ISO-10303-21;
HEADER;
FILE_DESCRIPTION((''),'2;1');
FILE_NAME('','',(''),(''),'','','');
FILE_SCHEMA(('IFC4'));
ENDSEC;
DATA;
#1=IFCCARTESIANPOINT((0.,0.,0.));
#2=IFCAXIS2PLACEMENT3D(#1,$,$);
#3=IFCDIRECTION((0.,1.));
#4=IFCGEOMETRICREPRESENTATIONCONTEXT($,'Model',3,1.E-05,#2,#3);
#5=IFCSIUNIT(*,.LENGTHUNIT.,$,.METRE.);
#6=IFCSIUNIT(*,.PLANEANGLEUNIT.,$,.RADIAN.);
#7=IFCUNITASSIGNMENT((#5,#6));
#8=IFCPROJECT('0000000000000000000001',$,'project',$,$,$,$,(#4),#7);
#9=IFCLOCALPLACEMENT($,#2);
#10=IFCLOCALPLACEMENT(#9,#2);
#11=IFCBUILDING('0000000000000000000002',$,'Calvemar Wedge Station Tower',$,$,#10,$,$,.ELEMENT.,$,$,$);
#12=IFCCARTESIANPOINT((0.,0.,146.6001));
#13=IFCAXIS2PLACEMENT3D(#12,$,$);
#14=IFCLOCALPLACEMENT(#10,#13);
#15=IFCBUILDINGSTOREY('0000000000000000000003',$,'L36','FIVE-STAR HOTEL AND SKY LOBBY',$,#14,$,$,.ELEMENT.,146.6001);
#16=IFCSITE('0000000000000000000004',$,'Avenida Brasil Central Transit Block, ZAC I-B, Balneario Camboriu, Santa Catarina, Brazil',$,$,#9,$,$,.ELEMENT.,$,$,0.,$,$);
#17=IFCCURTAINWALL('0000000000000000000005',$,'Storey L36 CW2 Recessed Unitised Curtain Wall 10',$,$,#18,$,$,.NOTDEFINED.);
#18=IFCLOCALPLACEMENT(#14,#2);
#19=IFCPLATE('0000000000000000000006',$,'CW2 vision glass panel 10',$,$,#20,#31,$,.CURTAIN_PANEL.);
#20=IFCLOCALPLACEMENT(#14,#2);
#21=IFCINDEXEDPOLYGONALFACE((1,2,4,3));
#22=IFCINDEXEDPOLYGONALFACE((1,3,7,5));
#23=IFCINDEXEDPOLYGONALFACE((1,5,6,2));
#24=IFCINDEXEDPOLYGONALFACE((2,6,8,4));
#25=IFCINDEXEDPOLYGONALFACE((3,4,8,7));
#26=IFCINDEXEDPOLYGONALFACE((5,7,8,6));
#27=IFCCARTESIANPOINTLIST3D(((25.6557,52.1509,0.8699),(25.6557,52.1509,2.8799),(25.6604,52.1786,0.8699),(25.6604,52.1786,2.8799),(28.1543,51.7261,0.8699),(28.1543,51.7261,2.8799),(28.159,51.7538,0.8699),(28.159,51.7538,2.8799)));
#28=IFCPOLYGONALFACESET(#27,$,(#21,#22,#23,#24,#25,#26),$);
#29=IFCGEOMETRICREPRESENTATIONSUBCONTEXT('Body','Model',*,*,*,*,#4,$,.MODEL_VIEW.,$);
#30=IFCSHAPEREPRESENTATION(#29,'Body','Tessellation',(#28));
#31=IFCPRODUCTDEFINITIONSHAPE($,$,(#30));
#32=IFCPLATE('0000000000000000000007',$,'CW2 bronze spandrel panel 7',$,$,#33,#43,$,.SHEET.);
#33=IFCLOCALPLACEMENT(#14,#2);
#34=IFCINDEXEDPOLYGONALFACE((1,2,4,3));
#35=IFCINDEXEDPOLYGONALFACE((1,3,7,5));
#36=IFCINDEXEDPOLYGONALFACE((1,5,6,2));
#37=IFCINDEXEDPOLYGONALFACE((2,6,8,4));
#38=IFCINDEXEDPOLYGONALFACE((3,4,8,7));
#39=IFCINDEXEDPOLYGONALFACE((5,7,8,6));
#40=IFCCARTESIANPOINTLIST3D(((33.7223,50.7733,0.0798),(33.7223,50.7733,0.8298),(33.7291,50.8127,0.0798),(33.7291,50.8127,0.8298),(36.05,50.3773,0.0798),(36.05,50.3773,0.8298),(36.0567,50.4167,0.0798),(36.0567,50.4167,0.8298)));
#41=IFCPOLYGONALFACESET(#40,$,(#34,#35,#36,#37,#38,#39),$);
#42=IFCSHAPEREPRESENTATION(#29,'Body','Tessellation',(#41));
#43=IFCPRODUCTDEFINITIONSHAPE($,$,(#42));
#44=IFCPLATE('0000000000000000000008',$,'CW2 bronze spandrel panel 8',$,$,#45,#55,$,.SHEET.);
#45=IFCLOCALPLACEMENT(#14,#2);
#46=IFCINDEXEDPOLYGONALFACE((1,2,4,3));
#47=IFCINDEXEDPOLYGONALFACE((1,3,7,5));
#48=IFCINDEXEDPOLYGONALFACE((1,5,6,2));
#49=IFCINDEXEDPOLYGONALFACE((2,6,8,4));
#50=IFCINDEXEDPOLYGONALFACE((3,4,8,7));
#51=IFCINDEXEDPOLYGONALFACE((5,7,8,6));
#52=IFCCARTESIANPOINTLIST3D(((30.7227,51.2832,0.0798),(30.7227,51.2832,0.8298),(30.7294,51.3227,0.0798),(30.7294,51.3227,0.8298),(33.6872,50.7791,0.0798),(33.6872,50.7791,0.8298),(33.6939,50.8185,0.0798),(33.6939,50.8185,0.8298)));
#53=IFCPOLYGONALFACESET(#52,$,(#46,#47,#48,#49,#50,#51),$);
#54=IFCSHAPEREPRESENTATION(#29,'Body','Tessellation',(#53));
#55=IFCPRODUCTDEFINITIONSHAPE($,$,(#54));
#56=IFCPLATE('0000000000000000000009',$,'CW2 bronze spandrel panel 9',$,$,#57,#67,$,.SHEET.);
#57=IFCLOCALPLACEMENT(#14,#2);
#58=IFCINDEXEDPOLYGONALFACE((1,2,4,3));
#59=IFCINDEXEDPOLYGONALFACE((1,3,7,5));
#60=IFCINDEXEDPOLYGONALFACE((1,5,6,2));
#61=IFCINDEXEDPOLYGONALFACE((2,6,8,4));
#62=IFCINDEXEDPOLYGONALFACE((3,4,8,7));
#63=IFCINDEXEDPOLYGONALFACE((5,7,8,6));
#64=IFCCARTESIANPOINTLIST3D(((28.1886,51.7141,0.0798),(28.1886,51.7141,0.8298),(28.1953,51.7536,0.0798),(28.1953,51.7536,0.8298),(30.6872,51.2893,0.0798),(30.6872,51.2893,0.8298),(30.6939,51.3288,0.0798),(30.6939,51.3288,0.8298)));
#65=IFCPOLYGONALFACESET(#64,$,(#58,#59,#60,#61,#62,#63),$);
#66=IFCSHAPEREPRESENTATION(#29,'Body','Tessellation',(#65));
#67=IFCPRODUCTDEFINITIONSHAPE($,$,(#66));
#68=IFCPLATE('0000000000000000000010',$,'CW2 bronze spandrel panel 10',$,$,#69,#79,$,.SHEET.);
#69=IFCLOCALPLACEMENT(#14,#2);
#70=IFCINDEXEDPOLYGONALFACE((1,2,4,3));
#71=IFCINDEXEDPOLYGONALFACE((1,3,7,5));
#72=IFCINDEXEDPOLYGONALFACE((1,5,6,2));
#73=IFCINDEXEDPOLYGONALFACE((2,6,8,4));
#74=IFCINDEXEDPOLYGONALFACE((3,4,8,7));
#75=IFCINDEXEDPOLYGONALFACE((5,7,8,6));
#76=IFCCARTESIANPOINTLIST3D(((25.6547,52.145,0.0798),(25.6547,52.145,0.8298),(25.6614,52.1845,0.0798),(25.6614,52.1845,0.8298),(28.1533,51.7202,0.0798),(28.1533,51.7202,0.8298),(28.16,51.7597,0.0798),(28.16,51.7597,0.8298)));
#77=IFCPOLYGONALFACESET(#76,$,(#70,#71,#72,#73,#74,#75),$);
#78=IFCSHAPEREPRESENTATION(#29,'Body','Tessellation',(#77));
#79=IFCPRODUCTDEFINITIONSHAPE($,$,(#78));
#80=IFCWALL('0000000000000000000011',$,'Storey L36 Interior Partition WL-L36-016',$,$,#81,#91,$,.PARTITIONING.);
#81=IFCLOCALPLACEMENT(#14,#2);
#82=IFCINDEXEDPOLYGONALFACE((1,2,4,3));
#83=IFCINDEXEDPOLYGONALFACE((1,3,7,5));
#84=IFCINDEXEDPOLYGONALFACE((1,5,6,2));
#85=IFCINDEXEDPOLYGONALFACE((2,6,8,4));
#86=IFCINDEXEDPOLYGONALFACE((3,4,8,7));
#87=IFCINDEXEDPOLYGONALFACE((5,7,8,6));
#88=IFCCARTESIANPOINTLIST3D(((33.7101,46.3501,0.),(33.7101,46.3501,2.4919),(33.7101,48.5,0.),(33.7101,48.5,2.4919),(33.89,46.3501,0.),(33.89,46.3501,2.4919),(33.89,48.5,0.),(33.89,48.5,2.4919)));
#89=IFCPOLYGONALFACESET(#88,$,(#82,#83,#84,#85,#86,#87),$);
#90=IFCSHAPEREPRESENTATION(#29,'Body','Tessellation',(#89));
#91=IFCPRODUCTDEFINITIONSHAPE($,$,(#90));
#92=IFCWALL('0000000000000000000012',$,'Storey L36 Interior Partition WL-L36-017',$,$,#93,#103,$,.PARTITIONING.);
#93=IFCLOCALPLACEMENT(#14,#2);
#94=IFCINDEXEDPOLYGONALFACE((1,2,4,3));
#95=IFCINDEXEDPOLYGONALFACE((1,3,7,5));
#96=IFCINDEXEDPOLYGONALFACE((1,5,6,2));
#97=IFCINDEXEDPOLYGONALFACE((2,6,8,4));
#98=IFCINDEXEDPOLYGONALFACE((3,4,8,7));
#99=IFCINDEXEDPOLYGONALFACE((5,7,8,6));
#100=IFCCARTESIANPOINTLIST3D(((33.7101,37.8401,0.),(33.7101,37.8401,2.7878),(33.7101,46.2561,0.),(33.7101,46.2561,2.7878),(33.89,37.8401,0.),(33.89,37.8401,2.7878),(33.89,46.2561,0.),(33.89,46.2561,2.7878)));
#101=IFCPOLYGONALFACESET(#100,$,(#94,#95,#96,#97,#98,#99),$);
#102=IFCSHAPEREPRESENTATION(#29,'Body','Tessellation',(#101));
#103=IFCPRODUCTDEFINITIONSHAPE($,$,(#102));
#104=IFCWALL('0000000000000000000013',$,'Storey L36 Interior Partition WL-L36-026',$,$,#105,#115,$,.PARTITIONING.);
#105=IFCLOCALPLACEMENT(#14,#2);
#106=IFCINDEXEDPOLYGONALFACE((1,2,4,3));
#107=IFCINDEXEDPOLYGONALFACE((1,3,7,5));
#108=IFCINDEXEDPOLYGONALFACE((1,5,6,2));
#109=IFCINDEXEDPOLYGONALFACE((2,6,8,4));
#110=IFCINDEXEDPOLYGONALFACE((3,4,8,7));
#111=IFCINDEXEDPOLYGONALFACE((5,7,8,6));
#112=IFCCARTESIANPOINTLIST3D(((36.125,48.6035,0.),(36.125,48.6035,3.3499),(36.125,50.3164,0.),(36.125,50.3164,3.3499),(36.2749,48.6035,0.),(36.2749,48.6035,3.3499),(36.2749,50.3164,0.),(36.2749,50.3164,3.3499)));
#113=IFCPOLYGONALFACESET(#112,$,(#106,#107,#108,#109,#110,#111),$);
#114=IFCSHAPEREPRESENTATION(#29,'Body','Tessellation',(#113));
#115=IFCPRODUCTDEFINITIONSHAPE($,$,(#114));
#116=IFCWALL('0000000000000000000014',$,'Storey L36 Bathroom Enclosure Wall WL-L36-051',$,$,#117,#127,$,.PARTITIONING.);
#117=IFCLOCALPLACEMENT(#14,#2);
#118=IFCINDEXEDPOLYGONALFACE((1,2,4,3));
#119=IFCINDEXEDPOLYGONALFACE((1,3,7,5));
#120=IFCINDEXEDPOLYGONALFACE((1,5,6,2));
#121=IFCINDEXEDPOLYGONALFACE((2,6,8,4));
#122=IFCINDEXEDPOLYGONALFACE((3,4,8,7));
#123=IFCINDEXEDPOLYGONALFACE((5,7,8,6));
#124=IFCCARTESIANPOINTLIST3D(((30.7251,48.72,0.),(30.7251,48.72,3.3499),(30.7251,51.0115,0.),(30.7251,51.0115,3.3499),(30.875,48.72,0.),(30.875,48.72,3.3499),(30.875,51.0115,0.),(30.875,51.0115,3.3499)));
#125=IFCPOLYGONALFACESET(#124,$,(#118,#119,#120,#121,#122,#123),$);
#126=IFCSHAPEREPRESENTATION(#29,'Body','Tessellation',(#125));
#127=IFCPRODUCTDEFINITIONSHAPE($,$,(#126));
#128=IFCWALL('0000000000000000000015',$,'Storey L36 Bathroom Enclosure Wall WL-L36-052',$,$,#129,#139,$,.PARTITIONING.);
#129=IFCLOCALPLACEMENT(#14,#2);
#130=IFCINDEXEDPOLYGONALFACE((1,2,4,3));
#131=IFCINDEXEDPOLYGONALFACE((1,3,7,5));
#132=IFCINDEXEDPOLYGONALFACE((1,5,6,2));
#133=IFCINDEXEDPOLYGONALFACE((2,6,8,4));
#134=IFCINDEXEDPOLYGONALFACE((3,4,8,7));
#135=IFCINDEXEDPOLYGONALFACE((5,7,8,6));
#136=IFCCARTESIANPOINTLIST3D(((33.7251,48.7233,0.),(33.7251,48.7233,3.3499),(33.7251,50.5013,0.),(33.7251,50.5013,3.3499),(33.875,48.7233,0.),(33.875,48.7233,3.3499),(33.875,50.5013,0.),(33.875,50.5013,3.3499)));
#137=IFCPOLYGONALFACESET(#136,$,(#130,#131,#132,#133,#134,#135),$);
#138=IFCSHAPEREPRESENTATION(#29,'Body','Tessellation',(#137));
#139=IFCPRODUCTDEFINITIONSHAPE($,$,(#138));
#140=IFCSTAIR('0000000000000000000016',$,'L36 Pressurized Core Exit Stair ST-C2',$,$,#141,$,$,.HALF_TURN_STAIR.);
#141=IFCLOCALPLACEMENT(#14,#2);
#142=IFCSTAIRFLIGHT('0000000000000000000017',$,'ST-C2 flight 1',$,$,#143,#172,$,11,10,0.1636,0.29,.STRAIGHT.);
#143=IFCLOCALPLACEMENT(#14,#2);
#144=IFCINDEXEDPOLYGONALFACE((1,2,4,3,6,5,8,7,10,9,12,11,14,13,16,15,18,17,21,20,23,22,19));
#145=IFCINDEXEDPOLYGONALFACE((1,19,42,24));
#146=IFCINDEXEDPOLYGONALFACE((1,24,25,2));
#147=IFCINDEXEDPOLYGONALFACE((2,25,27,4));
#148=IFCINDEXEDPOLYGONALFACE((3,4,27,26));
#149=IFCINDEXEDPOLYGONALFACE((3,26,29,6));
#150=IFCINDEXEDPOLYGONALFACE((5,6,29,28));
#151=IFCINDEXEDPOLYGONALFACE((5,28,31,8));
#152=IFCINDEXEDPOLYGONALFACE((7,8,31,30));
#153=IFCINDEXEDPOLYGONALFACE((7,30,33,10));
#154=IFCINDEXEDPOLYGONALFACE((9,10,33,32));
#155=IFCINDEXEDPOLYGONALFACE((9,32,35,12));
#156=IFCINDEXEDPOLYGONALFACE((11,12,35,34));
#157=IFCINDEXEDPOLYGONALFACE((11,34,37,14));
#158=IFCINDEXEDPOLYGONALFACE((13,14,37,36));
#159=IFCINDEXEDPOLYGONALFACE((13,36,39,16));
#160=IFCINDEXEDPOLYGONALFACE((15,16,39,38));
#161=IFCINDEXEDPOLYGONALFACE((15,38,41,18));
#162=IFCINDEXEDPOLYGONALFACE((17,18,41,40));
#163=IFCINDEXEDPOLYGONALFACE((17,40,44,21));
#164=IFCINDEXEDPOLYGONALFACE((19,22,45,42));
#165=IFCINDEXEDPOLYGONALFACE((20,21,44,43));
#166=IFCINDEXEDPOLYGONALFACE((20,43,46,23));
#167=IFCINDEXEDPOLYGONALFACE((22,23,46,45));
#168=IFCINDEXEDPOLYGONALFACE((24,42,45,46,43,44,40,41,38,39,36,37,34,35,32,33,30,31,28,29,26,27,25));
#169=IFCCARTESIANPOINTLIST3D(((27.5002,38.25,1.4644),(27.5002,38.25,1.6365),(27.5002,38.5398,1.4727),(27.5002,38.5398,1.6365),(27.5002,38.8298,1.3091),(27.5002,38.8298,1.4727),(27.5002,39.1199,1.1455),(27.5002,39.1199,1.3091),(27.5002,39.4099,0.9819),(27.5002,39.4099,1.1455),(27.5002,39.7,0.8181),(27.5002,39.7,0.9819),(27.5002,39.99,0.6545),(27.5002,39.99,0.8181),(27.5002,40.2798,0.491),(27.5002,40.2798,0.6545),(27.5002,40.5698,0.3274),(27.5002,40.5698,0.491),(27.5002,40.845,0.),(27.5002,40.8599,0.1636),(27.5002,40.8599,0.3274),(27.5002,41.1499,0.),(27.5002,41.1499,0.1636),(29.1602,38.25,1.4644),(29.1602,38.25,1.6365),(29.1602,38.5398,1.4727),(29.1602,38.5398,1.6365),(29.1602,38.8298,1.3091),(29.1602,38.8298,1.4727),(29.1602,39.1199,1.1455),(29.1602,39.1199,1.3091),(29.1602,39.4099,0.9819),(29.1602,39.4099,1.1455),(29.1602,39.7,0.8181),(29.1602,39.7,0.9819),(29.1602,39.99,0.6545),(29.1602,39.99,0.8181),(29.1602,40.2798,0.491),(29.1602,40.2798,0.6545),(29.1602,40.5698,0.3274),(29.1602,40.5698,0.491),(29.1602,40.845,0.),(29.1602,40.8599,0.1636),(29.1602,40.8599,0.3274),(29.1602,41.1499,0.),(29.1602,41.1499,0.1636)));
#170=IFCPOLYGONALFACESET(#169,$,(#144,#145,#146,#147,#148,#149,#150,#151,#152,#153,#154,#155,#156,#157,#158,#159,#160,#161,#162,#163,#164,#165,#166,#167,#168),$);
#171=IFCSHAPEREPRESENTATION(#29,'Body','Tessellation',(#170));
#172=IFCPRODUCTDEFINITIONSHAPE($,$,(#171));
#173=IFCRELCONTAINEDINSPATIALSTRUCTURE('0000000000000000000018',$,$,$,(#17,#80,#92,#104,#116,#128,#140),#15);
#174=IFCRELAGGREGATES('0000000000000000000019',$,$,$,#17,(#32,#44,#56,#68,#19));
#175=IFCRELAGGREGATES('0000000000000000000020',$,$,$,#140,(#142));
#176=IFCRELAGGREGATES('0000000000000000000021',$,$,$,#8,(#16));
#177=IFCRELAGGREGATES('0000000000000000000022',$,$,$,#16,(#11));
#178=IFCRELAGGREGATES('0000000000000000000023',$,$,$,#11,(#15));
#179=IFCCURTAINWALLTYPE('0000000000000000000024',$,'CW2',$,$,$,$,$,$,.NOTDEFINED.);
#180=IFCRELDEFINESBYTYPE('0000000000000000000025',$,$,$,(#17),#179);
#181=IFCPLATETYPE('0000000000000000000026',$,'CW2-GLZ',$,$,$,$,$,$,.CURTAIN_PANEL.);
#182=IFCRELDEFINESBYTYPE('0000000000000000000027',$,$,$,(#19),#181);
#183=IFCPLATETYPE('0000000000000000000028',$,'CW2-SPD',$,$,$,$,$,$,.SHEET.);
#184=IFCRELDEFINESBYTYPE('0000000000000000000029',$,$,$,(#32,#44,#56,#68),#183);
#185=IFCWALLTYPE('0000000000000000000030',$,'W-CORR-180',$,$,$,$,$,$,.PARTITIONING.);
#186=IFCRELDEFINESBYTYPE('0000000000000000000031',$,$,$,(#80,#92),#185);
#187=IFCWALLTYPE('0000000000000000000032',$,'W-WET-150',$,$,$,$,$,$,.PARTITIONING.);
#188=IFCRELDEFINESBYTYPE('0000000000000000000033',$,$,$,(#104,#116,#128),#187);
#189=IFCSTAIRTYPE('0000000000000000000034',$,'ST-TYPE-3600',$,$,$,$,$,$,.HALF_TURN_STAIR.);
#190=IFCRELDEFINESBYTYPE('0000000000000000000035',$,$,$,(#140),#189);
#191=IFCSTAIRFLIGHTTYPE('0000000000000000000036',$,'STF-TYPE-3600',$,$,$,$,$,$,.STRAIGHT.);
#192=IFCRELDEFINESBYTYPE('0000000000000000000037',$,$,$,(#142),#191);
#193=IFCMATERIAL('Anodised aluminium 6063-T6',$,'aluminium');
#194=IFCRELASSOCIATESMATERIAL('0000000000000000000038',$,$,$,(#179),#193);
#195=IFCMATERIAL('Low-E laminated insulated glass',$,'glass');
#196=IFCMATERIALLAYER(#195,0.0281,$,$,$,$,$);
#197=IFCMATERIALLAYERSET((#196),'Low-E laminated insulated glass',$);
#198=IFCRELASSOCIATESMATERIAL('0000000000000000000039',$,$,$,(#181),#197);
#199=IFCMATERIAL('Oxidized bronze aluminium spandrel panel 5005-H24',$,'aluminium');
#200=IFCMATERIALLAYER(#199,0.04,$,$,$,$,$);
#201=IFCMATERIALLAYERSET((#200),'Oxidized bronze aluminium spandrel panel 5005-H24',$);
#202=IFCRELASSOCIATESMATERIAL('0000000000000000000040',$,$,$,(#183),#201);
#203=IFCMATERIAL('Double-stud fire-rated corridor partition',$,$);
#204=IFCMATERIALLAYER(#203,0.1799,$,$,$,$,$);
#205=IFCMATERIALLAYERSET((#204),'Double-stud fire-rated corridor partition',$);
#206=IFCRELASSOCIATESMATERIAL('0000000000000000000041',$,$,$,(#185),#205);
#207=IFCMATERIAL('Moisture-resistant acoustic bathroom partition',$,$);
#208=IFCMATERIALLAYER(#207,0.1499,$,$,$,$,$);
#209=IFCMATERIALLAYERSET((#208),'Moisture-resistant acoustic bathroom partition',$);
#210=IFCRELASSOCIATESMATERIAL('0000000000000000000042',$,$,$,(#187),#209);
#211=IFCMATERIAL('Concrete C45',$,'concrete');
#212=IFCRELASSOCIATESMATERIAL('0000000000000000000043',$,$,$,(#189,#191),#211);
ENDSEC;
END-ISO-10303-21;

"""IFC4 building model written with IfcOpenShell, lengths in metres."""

from ifc_helpers import new_model, si_unit, direction, frame, frame_2d, origin, place, context, subcontext, project, spatial, polyline, rectangle, outline, extrude, material, layer, layer_set, type_object, element, aggregate, save


model = new_model("IFC4")

# Units and contexts
model_context = context("Model", 3, precision=1e-05, world=origin(), true_north=direction((0.0, 1.0)))
body_context = subcontext(model_context, "Body", "Model", "MODEL_VIEW")
ifc_project = project(units=[si_unit("LENGTHUNIT", "METRE"), si_unit("PLANEANGLEUNIT", "RADIAN")], contexts=[model_context])

# Site, building, storey
site_placement = place(None, origin())
site = spatial("IfcSite", under=ifc_project, at=site_placement, Name="Avenida Brasil Central Transit Block, ZAC I-B, Balneario Camboriu, Santa Catarina, Brazil", CompositionType="ELEMENT", RefElevation=0.0)
building_placement = place(site_placement, origin())
building = spatial("IfcBuilding", under=site, at=building_placement, Name="Calvemar Wedge Station Tower", CompositionType="ELEMENT")
storey_placement = place(building_placement, frame((0.0, 0.0, 146.6001)))
storey = spatial("IfcBuildingStorey", under=building, at=storey_placement, Name="L36", Description="FIVE-STAR HOTEL AND SKY LOBBY", CompositionType="ELEMENT", Elevation=146.6001)

# Curtain wall, plates
ifc_material_1 = material(Name="Anodised aluminium 6063-T6", Category="aluminium")
curtain_wall_type = type_object("IfcCurtainWallType", Name="CW2", PredefinedType="NOTDEFINED", material=ifc_material_1)
curtain_wall_placement = place(storey_placement, origin())
curtain_wall = element("IfcCurtainWall", 1, at=curtain_wall_placement, inside=storey, type_object=curtain_wall_type, Name="Storey L36 CW2 Recessed Unitised Curtain Wall 10", PredefinedType="NOTDEFINED")
ifc_material_2 = material(Name="Low-E laminated insulated glass", Category="glass")
ifc_layer_1 = layer(ifc_material_2, 0.0281)
ifc_layer_set_1 = layer_set([ifc_layer_1], Name="Low-E laminated insulated glass")
plate_type_1 = type_object("IfcPlateType", Name="CW2-GLZ", PredefinedType="CURTAIN_PANEL", material=ifc_layer_set_1)
plate_1_placement = place(storey_placement, frame((28.1565, 51.74, 0.8699), z_axis=(0.0, 0.0, 1.0), x_axis=(-0.985852, 0.167616, 0.0)))
plate_1 = element("IfcPlate", 2, at=plate_1_placement, type_object=plate_type_1, Name="CW2 vision glass panel 10", PredefinedType="CURTAIN_PANEL", context=body_context, shape_type="SweptSolid", body=[
    extrude(rectangle(XDim=2.5344, YDim=0.0281, at=frame_2d((1.2671, 0.0))), origin(), (0.0, 0.0, 1.0), 2.01),
])
ifc_material_3 = material(Name="Oxidized bronze aluminium spandrel panel 5005-H24", Category="aluminium")
ifc_layer_2 = layer(ifc_material_3, 0.04)
ifc_layer_set_2 = layer_set([ifc_layer_2], Name="Oxidized bronze aluminium spandrel panel 5005-H24")
plate_type_2 = type_object("IfcPlateType", Name="CW2-SPD", PredefinedType="SHEET", material=ifc_layer_set_2)
plate_2_placement = place(storey_placement, frame((36.0535, 50.397, 0.0798), z_axis=(0.0, 0.0, 1.0), x_axis=(-0.985835, 0.167718, 0.0)))
plate_2 = element("IfcPlate", 3, at=plate_2_placement, type_object=plate_type_2, Name="CW2 bronze spandrel panel 7", PredefinedType="SHEET", context=body_context, shape_type="SweptSolid", body=[
    extrude(rectangle(XDim=2.3611, YDim=0.04, at=frame_2d((1.1807, 0.0))), origin(), (0.0, 0.0, 1.0), 0.75),
])
plate_3_placement = place(storey_placement, frame((33.6904, 50.7988, 0.0798), z_axis=(0.0, 0.0, 1.0), x_axis=(-0.985847, 0.16765, 0.0)))
plate_3 = element("IfcPlate", 4, at=plate_3_placement, type_object=plate_type_2, Name="CW2 bronze spandrel panel 8", PredefinedType="SHEET", context=body_context, shape_type="SweptSolid", body=[
    extrude(rectangle(XDim=3.0071, YDim=0.04, at=frame_2d((1.5034, 0.0))), origin(), (0.0, 0.0, 1.0), 0.75),
])
plate_4_placement = place(storey_placement, frame((30.6904, 51.3091, 0.0798), z_axis=(0.0, 0.0, 1.0), x_axis=(-0.985852, 0.167616, 0.0)))
plate_4 = element("IfcPlate", 5, at=plate_4_placement, type_object=plate_type_2, Name="CW2 bronze spandrel panel 9", PredefinedType="SHEET", context=body_context, shape_type="SweptSolid", body=[
    extrude(rectangle(XDim=2.5344, YDim=0.04, at=frame_2d((1.2671, 0.0))), origin(), (0.0, 0.0, 1.0), 0.75),
])
plate_5_placement = place(storey_placement, frame((28.1565, 51.74, 0.0798), z_axis=(0.0, 0.0, 1.0), x_axis=(-0.985852, 0.167616, 0.0)))
plate_5 = element("IfcPlate", 6, at=plate_5_placement, type_object=plate_type_2, Name="CW2 bronze spandrel panel 10", PredefinedType="SHEET", context=body_context, shape_type="SweptSolid", body=[
    extrude(rectangle(XDim=2.5344, YDim=0.04, at=frame_2d((1.2671, 0.0))), origin(), (0.0, 0.0, 1.0), 0.75),
])
aggregate(curtain_wall, [plate_2, plate_3, plate_4, plate_5, plate_1])

# Walls
ifc_material_4 = material(Name="Double-stud fire-rated corridor partition")
ifc_layer_3 = layer(ifc_material_4, 0.1799)
ifc_layer_set_3 = layer_set([ifc_layer_3], Name="Double-stud fire-rated corridor partition")
wall_type_1 = type_object("IfcWallType", Name="W-CORR-180", PredefinedType="PARTITIONING", material=ifc_layer_set_3)
wall_1_placement = place(storey_placement, frame((33.8, 48.5, 0.0), z_axis=(0.0, 0.0, 1.0), x_axis=(0.0, -1.0, 0.0)))
element("IfcWall", 7, at=wall_1_placement, inside=storey, type_object=wall_type_1, Name="Storey L36 Interior Partition WL-L36-016", PredefinedType="PARTITIONING", context=body_context, shape_type="SweptSolid", body=[
    extrude(rectangle(XDim=2.1499, YDim=0.1799, at=frame_2d((1.075, 0.0))), origin(), (0.0, 0.0, 1.0), 2.4919),
])
wall_2_placement = place(storey_placement, frame((33.8, 46.2561, 0.0), z_axis=(0.0, 0.0, 1.0), x_axis=(0.0, -1.0, 0.0)))
element("IfcWall", 8, at=wall_2_placement, inside=storey, type_object=wall_type_1, Name="Storey L36 Interior Partition WL-L36-017", PredefinedType="PARTITIONING", context=body_context, shape_type="SweptSolid", body=[
    extrude(rectangle(XDim=8.416, YDim=0.1799, at=frame_2d((4.208, 0.0))), origin(), (0.0, 0.0, 1.0), 2.7878),
])

# Shared definitions
ifc_material_5 = material(Name="Moisture-resistant acoustic bathroom partition")
ifc_layer_4 = layer(ifc_material_5, 0.1499)
ifc_layer_set_4 = layer_set([ifc_layer_4], Name="Moisture-resistant acoustic bathroom partition")
wall_type_2 = type_object("IfcWallType", Name="W-WET-150", PredefinedType="PARTITIONING", material=ifc_layer_set_4)

# Walls
wall_3_placement = place(storey_placement, frame((36.2, 50.3164, 0.0), z_axis=(0.0, 0.0, 1.0), x_axis=(0.0, -1.0, 0.0)))
element("IfcWall", 9, at=wall_3_placement, inside=storey, type_object=wall_type_2, Name="Storey L36 Interior Partition WL-L36-026", PredefinedType="PARTITIONING", context=body_context, shape_type="SweptSolid", body=[
    extrude(rectangle(XDim=1.7129, YDim=0.1499, at=frame_2d((0.8564, 0.0))), origin(), (0.0, 0.0, 1.0), 3.3499),
])
wall_4_placement = place(storey_placement, frame((30.8, 51.0115, 0.0), z_axis=(0.0, 0.0, 1.0), x_axis=(0.0, -1.0, 0.0)))
element("IfcWall", 10, at=wall_4_placement, inside=storey, type_object=wall_type_2, Name="Storey L36 Bathroom Enclosure Wall WL-L36-051", PredefinedType="PARTITIONING", context=body_context, shape_type="SweptSolid", body=[
    extrude(rectangle(XDim=2.2915, YDim=0.1499, at=frame_2d((1.1458, 0.0))), origin(), (0.0, 0.0, 1.0), 3.3499),
])
wall_5_placement = place(storey_placement, frame((33.8, 48.7231, 0.0), z_axis=(0.0, 0.0, 1.0), x_axis=(0.0, 1.0, 0.0)))
element("IfcWall", 11, at=wall_5_placement, inside=storey, type_object=wall_type_2, Name="Storey L36 Bathroom Enclosure Wall WL-L36-052", PredefinedType="PARTITIONING", context=body_context, shape_type="SweptSolid", body=[
    extrude(rectangle(XDim=1.7781, YDim=0.1499, at=frame_2d((0.8892, 0.0))), origin(), (0.0, 0.0, 1.0), 3.3499),
])

# Stair, stair flight
ifc_material_6 = material(Name="Concrete C45", Category="concrete")
stair_type = type_object("IfcStairType", Name="ST-TYPE-3600", PredefinedType="HALF_TURN_STAIR", material=ifc_material_6)
stair_placement = place(storey_placement, origin())
stair = element("IfcStair", 12, at=stair_placement, inside=storey, type_object=stair_type, Name="L36 Pressurized Core Exit Stair ST-C2", PredefinedType="HALF_TURN_STAIR")
stair_flight_type = type_object("IfcStairFlightType", Name="STF-TYPE-3600", PredefinedType="STRAIGHT", material=ifc_material_6)
stair_flight_placement = place(storey_placement, frame((28.3301, 41.1499, 0.0), z_axis=(0.0, 0.0, 1.0), x_axis=(0.0, -1.0, 0.0)))
stair_flight = element("IfcStairFlight", 13, at=stair_flight_placement, type_object=stair_flight_type, Name="ST-C2 flight 1", NumberOfRisers=11, NumberOfTreads=10, PredefinedType="STRAIGHT", RiserHeight=0.1636, TreadLength=0.29, context=body_context, shape_type="SweptSolid", body=[
    extrude(outline(polyline([(0.0, 0.0), (0.0, 0.1636), (0.29, 0.1636), (0.29, 0.3274), (0.5801, 0.3274), (0.5801, 0.491), (0.8701, 0.491), (0.8701, 0.6545), (1.1599, 0.6545), (1.1599, 0.8181), (1.45, 0.8181), (1.45, 0.9819), (1.74, 0.9819), (1.74, 1.1455), (2.03, 1.1455), (2.03, 1.3091), (2.3201, 1.3091), (2.3201, 1.4727), (2.6101, 1.4727), (2.6101, 1.6365), (2.8999, 1.6365), (2.8999, 1.8), (2.8999, 1.4644), (0.3049, 0.0), (0.0, 0.0)])), frame((0.0, 0.8301, 0.0), z_axis=(0.0, -1.0, 0.0), x_axis=(1.0, 0.0, 0.0)), (0.0, 0.0, 1.0), 1.6599),
])
aggregate(stair, [stair_flight])

save(model, "model.ifc")
